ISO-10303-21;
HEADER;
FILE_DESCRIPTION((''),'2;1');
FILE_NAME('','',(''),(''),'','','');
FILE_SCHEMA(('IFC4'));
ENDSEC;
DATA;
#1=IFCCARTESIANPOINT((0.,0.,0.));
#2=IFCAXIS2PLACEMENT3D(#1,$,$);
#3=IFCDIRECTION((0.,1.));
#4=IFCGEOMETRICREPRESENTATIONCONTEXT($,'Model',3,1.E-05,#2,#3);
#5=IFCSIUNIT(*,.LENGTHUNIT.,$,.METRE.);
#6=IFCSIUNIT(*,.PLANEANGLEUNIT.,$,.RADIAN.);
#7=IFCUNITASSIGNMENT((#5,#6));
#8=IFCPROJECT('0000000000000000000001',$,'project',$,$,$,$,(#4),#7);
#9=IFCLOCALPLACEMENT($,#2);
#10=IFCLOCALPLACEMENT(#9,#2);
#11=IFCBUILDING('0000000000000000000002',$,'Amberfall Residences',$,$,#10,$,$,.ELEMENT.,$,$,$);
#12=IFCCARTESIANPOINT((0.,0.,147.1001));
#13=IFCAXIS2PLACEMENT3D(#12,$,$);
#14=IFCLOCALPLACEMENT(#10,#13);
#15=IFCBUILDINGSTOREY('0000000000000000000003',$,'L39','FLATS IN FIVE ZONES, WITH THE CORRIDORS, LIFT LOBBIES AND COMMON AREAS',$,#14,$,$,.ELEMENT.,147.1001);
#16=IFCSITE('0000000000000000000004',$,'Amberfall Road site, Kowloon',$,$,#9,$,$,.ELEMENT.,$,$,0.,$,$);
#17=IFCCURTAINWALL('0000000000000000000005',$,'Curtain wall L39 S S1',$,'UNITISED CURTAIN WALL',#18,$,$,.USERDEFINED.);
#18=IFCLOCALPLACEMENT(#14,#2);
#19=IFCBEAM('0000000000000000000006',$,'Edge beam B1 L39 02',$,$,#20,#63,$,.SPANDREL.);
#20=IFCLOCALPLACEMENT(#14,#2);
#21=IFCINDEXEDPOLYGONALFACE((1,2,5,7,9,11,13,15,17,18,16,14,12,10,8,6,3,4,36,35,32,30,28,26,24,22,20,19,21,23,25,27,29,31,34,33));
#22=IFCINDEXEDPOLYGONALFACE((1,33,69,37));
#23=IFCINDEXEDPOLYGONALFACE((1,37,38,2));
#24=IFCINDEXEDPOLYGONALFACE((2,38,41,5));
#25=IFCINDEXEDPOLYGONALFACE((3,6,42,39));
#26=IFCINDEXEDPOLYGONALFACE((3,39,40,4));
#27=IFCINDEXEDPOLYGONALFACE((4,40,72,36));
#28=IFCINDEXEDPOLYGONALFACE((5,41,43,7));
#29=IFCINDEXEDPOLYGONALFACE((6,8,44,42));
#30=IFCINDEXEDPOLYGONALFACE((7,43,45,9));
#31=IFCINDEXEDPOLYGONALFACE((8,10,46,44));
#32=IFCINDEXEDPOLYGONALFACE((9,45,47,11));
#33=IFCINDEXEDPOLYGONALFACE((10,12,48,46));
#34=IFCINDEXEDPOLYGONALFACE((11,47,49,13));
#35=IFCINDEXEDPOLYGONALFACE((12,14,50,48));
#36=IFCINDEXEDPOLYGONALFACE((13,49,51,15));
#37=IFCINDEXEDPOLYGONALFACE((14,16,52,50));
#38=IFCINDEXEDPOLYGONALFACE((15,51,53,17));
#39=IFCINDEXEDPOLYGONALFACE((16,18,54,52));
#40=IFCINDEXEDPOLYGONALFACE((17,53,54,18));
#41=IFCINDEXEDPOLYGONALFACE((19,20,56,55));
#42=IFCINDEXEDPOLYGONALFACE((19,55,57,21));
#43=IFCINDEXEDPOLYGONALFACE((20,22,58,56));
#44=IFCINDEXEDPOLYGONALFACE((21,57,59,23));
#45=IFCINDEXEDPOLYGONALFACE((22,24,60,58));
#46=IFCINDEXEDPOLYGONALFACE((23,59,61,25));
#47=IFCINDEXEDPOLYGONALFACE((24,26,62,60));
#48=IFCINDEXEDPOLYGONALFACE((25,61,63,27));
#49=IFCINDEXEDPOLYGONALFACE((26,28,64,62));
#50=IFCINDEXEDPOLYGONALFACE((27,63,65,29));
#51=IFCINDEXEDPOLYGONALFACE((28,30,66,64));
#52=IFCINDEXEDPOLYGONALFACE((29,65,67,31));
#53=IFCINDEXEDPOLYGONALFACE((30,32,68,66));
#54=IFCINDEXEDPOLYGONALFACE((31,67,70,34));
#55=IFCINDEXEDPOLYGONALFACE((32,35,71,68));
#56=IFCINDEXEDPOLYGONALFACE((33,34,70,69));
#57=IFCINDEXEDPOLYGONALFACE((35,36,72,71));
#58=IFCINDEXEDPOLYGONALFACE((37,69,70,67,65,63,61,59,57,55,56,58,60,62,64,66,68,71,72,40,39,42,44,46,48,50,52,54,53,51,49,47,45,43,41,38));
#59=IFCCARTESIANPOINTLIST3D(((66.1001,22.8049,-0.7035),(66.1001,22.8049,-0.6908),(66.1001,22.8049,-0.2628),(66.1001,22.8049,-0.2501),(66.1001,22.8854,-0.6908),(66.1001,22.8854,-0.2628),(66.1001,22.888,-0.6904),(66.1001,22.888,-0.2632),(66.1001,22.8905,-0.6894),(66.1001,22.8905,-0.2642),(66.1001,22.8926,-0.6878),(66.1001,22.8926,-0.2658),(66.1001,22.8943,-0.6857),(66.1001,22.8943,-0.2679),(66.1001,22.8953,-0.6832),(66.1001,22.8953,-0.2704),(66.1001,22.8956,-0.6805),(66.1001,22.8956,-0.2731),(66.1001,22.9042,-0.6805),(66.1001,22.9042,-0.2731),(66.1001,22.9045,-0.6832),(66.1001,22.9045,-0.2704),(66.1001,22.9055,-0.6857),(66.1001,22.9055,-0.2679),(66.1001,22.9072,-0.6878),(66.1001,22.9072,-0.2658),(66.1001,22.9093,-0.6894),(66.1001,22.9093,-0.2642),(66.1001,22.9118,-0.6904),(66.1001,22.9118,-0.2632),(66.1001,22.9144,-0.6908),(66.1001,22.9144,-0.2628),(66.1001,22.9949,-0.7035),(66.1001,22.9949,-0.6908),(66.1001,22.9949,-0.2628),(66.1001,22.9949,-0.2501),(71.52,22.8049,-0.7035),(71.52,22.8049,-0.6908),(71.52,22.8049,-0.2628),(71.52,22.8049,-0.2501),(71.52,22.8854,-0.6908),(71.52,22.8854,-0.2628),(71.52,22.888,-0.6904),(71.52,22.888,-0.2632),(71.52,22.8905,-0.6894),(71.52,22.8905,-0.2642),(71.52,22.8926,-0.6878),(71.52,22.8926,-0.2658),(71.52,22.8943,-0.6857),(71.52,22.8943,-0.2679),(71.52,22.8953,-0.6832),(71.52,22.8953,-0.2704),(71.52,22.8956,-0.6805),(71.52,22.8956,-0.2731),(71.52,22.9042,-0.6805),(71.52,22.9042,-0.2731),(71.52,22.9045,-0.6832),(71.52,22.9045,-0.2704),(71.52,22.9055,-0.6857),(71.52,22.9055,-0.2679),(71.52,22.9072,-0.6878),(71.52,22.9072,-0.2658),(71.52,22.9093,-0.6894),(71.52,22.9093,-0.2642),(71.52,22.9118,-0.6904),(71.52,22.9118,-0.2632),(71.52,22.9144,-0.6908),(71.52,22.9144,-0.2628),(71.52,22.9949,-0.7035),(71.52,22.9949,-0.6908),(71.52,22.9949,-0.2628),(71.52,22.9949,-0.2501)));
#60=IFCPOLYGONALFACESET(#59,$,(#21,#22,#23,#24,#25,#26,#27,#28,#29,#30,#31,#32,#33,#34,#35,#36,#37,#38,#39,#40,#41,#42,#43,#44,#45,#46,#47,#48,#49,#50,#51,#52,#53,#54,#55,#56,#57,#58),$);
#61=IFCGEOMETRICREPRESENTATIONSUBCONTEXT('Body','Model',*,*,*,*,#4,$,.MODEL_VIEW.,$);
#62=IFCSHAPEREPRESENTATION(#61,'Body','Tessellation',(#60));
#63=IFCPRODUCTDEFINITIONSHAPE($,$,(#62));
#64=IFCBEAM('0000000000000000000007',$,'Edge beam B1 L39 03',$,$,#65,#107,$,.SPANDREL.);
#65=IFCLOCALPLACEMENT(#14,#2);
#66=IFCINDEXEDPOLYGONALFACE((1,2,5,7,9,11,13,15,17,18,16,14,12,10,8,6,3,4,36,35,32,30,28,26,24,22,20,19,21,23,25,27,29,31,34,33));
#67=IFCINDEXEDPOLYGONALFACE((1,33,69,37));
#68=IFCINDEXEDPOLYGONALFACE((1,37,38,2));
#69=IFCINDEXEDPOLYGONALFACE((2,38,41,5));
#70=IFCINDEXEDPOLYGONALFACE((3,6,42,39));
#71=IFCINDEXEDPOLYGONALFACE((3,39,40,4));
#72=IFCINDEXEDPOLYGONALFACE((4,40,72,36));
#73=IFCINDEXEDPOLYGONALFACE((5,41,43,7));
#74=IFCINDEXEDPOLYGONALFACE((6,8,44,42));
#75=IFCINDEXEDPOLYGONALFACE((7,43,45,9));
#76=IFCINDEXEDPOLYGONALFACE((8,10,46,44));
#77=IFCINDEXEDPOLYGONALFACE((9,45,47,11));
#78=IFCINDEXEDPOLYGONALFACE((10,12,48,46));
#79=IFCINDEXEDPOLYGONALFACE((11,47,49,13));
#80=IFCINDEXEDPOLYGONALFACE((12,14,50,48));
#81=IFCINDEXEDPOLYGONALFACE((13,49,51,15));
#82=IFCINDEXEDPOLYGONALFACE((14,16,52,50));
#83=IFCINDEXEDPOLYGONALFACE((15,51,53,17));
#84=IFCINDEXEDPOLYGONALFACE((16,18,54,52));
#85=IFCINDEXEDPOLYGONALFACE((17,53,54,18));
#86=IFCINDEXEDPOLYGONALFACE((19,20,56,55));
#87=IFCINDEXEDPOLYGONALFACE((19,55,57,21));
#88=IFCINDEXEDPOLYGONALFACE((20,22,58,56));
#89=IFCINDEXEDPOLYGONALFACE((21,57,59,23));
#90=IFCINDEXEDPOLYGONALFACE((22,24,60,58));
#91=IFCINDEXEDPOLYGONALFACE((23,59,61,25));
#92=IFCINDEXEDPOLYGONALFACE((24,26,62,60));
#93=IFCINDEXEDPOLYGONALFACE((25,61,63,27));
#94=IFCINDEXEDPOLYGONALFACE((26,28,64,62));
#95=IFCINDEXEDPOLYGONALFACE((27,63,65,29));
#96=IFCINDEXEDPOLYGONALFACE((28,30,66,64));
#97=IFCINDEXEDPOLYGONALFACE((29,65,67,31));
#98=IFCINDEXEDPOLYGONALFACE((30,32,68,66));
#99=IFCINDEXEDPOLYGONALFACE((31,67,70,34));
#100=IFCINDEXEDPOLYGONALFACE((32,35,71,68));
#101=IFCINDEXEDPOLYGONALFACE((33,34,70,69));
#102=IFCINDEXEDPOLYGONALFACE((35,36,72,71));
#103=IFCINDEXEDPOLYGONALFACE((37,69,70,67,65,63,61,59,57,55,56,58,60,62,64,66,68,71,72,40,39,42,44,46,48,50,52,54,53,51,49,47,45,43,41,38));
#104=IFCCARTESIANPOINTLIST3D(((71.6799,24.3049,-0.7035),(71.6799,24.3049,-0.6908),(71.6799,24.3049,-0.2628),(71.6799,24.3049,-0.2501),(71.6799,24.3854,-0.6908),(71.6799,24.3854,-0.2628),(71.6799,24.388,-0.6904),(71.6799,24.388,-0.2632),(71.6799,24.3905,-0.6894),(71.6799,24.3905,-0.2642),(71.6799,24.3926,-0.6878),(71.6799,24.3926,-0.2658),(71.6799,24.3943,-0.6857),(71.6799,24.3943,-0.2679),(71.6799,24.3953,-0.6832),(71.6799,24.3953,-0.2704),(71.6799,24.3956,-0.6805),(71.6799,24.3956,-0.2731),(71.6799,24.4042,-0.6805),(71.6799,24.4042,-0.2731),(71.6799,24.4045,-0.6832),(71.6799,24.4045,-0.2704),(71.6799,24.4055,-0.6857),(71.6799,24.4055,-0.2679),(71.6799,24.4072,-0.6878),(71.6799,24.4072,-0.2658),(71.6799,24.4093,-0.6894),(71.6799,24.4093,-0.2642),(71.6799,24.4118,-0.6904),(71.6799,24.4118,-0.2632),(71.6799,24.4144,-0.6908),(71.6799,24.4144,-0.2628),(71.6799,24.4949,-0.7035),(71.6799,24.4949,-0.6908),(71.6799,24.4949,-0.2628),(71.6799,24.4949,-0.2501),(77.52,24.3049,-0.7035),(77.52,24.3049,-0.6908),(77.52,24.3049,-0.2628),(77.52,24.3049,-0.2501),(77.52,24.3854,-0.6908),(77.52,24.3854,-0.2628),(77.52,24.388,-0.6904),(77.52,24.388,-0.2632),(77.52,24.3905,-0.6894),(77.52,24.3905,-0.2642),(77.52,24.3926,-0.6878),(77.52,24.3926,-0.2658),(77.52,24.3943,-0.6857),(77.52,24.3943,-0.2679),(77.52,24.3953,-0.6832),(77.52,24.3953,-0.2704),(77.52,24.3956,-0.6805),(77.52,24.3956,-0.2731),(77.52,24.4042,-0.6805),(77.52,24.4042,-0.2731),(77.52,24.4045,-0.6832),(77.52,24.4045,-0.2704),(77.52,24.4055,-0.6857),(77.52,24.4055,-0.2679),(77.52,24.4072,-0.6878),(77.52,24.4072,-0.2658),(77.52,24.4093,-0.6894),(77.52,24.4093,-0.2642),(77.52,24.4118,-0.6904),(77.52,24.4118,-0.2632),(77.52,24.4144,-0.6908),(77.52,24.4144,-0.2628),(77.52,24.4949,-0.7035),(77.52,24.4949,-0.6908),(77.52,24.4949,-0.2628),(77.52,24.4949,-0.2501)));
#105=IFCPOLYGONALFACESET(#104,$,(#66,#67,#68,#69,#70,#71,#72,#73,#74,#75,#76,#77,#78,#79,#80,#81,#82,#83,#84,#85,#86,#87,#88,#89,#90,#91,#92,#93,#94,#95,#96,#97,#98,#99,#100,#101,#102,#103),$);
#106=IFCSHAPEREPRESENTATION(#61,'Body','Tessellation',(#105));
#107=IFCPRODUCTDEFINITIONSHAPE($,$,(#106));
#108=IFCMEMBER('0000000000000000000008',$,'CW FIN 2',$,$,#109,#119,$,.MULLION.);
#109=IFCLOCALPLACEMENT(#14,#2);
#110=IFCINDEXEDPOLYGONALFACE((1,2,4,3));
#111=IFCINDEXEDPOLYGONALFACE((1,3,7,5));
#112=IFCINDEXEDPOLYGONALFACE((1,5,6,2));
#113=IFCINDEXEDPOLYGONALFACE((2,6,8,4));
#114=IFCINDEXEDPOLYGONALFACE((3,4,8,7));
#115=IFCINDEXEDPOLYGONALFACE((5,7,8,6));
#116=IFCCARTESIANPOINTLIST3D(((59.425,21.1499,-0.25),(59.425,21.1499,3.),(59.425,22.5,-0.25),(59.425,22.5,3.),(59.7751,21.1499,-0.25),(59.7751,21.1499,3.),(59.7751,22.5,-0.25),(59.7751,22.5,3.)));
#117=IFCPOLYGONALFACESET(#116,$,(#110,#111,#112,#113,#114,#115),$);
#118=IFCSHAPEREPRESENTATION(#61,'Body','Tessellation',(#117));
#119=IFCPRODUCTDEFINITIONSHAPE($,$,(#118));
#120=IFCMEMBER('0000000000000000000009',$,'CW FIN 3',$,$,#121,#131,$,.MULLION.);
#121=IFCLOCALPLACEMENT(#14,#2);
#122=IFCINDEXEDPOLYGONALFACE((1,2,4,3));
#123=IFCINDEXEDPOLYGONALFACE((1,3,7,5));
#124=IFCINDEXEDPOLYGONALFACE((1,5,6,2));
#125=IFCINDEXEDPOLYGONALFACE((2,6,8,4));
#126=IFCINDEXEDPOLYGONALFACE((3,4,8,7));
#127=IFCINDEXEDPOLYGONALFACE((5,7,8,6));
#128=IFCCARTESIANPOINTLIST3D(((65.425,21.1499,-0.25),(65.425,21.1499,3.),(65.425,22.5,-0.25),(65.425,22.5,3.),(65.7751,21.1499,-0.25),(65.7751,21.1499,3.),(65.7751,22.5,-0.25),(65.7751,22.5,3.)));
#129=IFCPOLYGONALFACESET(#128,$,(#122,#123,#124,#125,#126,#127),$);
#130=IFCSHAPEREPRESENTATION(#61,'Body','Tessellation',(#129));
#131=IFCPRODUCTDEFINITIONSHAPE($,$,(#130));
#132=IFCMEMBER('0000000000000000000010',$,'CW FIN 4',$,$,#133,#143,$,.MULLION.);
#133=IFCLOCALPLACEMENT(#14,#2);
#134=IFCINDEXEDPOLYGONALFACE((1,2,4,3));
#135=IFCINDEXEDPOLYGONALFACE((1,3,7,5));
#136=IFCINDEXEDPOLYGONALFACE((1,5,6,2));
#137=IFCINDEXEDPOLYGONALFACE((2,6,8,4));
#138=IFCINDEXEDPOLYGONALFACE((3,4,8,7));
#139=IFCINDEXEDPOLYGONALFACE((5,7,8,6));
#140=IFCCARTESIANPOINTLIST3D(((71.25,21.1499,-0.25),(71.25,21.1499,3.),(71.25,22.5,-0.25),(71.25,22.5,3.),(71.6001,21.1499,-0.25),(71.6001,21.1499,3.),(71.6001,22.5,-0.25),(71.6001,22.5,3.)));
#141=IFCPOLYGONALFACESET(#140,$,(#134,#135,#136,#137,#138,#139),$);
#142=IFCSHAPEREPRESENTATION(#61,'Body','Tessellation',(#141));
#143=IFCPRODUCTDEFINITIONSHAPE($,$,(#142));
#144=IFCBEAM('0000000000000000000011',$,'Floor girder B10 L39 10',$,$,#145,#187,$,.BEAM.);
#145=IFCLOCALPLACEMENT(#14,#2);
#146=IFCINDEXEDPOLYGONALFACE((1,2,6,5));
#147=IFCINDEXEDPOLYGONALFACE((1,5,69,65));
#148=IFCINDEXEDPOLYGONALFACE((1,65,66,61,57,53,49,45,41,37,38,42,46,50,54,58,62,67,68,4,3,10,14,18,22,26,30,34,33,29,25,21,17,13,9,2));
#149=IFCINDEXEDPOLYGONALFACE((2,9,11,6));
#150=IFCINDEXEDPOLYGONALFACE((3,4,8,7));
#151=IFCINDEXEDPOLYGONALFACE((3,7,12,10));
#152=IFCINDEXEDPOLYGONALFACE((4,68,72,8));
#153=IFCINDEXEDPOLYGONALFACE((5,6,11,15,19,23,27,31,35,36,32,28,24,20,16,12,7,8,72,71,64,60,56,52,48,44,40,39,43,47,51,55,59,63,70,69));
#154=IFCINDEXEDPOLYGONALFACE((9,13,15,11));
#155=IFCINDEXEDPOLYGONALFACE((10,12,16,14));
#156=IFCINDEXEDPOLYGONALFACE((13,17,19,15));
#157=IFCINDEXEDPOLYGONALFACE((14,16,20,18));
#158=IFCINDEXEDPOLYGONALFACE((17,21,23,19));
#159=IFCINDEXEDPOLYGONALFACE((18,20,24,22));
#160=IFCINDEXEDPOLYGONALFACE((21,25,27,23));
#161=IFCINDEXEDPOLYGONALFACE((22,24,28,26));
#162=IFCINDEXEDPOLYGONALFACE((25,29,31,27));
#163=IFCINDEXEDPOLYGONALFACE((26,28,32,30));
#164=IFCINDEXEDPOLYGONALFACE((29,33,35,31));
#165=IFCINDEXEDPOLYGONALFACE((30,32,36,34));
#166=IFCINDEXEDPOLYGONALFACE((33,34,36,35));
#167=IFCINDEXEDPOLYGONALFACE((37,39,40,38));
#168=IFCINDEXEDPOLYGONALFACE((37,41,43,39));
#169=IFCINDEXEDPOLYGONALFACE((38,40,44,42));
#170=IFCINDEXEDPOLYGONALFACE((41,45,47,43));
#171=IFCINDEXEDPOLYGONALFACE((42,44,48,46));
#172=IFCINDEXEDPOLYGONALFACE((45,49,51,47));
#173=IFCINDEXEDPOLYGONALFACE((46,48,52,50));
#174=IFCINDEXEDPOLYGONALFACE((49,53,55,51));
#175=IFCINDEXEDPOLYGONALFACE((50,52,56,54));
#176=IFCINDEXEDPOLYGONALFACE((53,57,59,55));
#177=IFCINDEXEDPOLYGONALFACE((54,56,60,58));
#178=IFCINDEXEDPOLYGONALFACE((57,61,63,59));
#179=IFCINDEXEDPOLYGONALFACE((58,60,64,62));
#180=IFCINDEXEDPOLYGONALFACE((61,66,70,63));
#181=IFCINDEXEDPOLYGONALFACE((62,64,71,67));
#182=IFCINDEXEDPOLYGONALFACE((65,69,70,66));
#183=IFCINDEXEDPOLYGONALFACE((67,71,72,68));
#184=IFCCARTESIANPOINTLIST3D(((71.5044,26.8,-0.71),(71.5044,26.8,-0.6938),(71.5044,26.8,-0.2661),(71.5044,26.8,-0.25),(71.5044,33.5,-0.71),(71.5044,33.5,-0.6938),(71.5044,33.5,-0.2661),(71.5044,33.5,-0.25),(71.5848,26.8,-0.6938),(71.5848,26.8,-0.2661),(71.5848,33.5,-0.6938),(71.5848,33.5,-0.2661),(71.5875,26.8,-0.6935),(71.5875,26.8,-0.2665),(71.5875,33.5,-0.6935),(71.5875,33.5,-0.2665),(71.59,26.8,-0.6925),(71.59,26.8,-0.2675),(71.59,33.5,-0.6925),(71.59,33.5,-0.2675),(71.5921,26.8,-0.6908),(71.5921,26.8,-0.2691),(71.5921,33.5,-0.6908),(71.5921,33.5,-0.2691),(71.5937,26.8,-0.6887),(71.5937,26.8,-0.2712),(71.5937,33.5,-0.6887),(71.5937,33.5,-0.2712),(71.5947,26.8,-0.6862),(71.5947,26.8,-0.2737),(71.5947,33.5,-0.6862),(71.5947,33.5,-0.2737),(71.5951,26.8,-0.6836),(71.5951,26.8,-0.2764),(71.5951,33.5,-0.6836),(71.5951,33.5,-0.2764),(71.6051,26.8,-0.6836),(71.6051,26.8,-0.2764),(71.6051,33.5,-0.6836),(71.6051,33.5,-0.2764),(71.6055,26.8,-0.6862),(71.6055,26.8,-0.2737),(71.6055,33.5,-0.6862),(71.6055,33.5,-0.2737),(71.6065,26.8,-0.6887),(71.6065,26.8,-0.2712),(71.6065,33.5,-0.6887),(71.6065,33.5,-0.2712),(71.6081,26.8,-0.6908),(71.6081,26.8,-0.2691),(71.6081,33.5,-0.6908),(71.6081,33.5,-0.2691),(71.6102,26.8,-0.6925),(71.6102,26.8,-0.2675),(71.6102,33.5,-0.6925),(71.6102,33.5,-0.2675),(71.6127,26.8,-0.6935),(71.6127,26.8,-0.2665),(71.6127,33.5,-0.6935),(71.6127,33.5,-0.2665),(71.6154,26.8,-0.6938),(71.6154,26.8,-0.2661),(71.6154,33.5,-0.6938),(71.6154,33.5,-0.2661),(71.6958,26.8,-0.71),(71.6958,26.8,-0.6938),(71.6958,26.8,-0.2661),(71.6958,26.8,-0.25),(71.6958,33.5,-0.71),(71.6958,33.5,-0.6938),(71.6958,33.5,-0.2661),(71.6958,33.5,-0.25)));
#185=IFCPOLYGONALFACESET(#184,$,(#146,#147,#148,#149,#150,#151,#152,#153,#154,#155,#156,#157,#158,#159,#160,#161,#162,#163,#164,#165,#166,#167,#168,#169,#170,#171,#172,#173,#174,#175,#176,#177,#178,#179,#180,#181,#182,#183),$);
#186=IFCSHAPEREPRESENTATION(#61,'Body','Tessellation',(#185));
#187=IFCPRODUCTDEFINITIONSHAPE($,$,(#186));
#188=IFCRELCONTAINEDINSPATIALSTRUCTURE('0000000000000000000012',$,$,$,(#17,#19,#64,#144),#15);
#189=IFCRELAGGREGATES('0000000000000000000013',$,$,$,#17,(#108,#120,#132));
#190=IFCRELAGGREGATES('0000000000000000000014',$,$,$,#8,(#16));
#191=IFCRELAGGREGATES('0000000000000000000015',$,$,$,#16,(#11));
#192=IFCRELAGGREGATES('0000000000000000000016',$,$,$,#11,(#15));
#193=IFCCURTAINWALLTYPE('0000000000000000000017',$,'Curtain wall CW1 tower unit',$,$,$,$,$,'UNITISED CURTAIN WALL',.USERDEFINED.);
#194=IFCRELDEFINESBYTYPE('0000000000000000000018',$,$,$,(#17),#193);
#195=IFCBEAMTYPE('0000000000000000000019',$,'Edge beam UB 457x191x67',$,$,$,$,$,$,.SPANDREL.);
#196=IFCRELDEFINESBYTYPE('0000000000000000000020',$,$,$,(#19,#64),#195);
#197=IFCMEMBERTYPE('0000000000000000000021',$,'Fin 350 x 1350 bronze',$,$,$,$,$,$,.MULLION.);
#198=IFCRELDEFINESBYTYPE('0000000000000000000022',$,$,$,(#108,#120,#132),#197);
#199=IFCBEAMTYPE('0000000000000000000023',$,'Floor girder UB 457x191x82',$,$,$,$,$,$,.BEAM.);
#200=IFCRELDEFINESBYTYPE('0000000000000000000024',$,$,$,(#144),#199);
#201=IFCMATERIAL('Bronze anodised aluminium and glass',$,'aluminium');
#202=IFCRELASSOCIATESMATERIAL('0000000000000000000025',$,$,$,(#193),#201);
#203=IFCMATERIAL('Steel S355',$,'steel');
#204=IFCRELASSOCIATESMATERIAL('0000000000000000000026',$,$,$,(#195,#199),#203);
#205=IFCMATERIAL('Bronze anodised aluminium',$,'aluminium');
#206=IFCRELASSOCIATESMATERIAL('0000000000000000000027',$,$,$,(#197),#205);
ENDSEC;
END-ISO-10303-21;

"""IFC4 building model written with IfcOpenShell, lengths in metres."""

from ifc_helpers import new_model, si_unit, direction, frame, origin, origin_2d, place, context, subcontext, project, spatial, rectangle, i_section, extrude, material, material_profile, profile_set, type_object, element, aggregate, save


model = new_model("IFC4")

# Units and contexts
model_context = context("Model", 3, precision=1e-05, world=origin(), true_north=direction((0.0, 1.0)))
body_context = subcontext(model_context, "Body", "Model", "MODEL_VIEW")
ifc_project = project(units=[si_unit("LENGTHUNIT", "METRE"), si_unit("PLANEANGLEUNIT", "RADIAN")], contexts=[model_context])

# Site, building, storey
site_placement = place(None, origin())
site = spatial("IfcSite", under=ifc_project, at=site_placement, Name="Amberfall Road site, Kowloon", CompositionType="ELEMENT", RefElevation=0.0)
building_placement = place(site_placement, origin())
building = spatial("IfcBuilding", under=site, at=building_placement, Name="Amberfall Residences", CompositionType="ELEMENT")
storey_placement = place(building_placement, frame((0.0, 0.0, 147.1001)))
storey = spatial("IfcBuildingStorey", under=building, at=storey_placement, Name="L39", Description="FLATS IN FIVE ZONES, WITH THE CORRIDORS, LIFT LOBBIES AND COMMON AREAS", CompositionType="ELEMENT", Elevation=147.1001)

# Curtain wall
ifc_material_1 = material(Name="Bronze anodised aluminium and glass", Category="aluminium")
curtain_wall_type = type_object("IfcCurtainWallType", Name="Curtain wall CW1 tower unit", ElementType="UNITISED CURTAIN WALL", PredefinedType="USERDEFINED", material=ifc_material_1)
curtain_wall_placement = place(storey_placement, origin())
curtain_wall = element("IfcCurtainWall", 1, at=curtain_wall_placement, inside=storey, type_object=curtain_wall_type, Name="Curtain wall L39 S S1", ObjectType="UNITISED CURTAIN WALL", PredefinedType="USERDEFINED")
ifc_material_2 = material(Name="Bronze anodised aluminium", Category="aluminium")

# Beams
ifc_material_3 = material(Name="Steel S355", Category="steel")
ifc_material_profile_1 = material_profile(ifc_material_3, i_section(OverallWidth=0.1899, OverallDepth=0.4534, WebThickness=0.0085, FlangeThickness=0.0127, FilletRadius=0.0103, at=origin_2d()), Name="UB 457x191x67")
ifc_profile_set_1 = profile_set([ifc_material_profile_1], Name="Steel S355")
beam_type_1 = type_object("IfcBeamType", Name="Edge beam UB 457x191x67", PredefinedType="SPANDREL", material=ifc_profile_set_1)
beam_1_placement = place(storey_placement, frame((66.1001, 22.8999, -0.4768), z_axis=(1.0, 0.0, 0.0), x_axis=(0.0, 1.0, 0.0)))
element("IfcBeam", 2, at=beam_1_placement, inside=storey, type_object=beam_type_1, Name="Edge beam B1 L39 02", PredefinedType="SPANDREL", context=body_context, shape_type="SweptSolid", body=[
    extrude(i_section(OverallWidth=0.1899, OverallDepth=0.4534, WebThickness=0.0085, FlangeThickness=0.0127, FilletRadius=0.0103, at=origin_2d()), origin(), (0.0, 0.0, 1.0), 5.4199),
])
beam_2_placement = place(storey_placement, frame((71.6799, 24.3999, -0.4768), z_axis=(1.0, 0.0, 0.0), x_axis=(0.0, 1.0, 0.0)))
element("IfcBeam", 3, at=beam_2_placement, inside=storey, type_object=beam_type_1, Name="Edge beam B1 L39 03", PredefinedType="SPANDREL", context=body_context, shape_type="SweptSolid", body=[
    extrude(i_section(OverallWidth=0.1899, OverallDepth=0.4534, WebThickness=0.0085, FlangeThickness=0.0127, FilletRadius=0.0103, at=origin_2d()), origin(), (0.0, 0.0, 1.0), 5.8401),
])

# Members
ifc_material_profile_2 = material_profile(ifc_material_2, rectangle(XDim=1.3501, YDim=0.3501, at=origin_2d()), Name="Fin 350 x 1350 bronze")
ifc_profile_set_2 = profile_set([ifc_material_profile_2], Name="Bronze anodised aluminium")
member_type_1 = type_object("IfcMemberType", Name="Fin 350 x 1350 bronze", PredefinedType="MULLION", material=ifc_profile_set_2)
member_1_placement = place(storey_placement, frame((59.6001, 21.825, -0.25), z_axis=(0.0, 0.0, 1.0), x_axis=(0.0, 1.0, 0.0)))
member_1 = element("IfcMember", 4, at=member_1_placement, type_object=member_type_1, Name="CW FIN 2", PredefinedType="MULLION", context=body_context, shape_type="SweptSolid", body=[
    extrude(rectangle(XDim=1.3501, YDim=0.3501, at=origin_2d()), origin(), (0.0, 0.0, 1.0), 3.25),
])
member_2_placement = place(storey_placement, frame((65.6001, 21.825, -0.25), z_axis=(0.0, 0.0, 1.0), x_axis=(0.0, 1.0, 0.0)))
member_2 = element("IfcMember", 5, at=member_2_placement, type_object=member_type_1, Name="CW FIN 3", PredefinedType="MULLION", context=body_context, shape_type="SweptSolid", body=[
    extrude(rectangle(XDim=1.3501, YDim=0.3501, at=origin_2d()), origin(), (0.0, 0.0, 1.0), 3.25),
])
member_3_placement = place(storey_placement, frame((71.425, 21.825, -0.25), z_axis=(0.0, 0.0, 1.0), x_axis=(0.0, 1.0, 0.0)))
member_3 = element("IfcMember", 6, at=member_3_placement, type_object=member_type_1, Name="CW FIN 4", PredefinedType="MULLION", context=body_context, shape_type="SweptSolid", body=[
    extrude(rectangle(XDim=1.3501, YDim=0.3501, at=origin_2d()), origin(), (0.0, 0.0, 1.0), 3.25),
])

# Beam
ifc_material_profile_3 = material_profile(ifc_material_3, i_section(OverallWidth=0.1914, OverallDepth=0.46, WebThickness=0.01, FlangeThickness=0.0161, FilletRadius=0.0103, at=origin_2d()), Name="UB 457x191x82")
ifc_profile_set_3 = profile_set([ifc_material_profile_3], Name="Steel S355")
beam_type_2 = type_object("IfcBeamType", Name="Floor girder UB 457x191x82", PredefinedType="BEAM", material=ifc_profile_set_3)
beam_3_placement = place(storey_placement, frame((71.6001, 26.8, -0.48), z_axis=(0.0, 1.0, 0.0), x_axis=(-1.0, 0.0, 0.0)))
element("IfcBeam", 7, at=beam_3_placement, inside=storey, type_object=beam_type_2, Name="Floor girder B10 L39 10", PredefinedType="BEAM", context=body_context, shape_type="SweptSolid", body=[
    extrude(i_section(OverallWidth=0.1914, OverallDepth=0.46, WebThickness=0.01, FlangeThickness=0.0161, FilletRadius=0.0103, at=origin_2d()), origin(), (0.0, 0.0, 1.0), 6.7),
])

aggregate(curtain_wall, [member_1, member_2, member_3])

save(model, "model.ifc")
